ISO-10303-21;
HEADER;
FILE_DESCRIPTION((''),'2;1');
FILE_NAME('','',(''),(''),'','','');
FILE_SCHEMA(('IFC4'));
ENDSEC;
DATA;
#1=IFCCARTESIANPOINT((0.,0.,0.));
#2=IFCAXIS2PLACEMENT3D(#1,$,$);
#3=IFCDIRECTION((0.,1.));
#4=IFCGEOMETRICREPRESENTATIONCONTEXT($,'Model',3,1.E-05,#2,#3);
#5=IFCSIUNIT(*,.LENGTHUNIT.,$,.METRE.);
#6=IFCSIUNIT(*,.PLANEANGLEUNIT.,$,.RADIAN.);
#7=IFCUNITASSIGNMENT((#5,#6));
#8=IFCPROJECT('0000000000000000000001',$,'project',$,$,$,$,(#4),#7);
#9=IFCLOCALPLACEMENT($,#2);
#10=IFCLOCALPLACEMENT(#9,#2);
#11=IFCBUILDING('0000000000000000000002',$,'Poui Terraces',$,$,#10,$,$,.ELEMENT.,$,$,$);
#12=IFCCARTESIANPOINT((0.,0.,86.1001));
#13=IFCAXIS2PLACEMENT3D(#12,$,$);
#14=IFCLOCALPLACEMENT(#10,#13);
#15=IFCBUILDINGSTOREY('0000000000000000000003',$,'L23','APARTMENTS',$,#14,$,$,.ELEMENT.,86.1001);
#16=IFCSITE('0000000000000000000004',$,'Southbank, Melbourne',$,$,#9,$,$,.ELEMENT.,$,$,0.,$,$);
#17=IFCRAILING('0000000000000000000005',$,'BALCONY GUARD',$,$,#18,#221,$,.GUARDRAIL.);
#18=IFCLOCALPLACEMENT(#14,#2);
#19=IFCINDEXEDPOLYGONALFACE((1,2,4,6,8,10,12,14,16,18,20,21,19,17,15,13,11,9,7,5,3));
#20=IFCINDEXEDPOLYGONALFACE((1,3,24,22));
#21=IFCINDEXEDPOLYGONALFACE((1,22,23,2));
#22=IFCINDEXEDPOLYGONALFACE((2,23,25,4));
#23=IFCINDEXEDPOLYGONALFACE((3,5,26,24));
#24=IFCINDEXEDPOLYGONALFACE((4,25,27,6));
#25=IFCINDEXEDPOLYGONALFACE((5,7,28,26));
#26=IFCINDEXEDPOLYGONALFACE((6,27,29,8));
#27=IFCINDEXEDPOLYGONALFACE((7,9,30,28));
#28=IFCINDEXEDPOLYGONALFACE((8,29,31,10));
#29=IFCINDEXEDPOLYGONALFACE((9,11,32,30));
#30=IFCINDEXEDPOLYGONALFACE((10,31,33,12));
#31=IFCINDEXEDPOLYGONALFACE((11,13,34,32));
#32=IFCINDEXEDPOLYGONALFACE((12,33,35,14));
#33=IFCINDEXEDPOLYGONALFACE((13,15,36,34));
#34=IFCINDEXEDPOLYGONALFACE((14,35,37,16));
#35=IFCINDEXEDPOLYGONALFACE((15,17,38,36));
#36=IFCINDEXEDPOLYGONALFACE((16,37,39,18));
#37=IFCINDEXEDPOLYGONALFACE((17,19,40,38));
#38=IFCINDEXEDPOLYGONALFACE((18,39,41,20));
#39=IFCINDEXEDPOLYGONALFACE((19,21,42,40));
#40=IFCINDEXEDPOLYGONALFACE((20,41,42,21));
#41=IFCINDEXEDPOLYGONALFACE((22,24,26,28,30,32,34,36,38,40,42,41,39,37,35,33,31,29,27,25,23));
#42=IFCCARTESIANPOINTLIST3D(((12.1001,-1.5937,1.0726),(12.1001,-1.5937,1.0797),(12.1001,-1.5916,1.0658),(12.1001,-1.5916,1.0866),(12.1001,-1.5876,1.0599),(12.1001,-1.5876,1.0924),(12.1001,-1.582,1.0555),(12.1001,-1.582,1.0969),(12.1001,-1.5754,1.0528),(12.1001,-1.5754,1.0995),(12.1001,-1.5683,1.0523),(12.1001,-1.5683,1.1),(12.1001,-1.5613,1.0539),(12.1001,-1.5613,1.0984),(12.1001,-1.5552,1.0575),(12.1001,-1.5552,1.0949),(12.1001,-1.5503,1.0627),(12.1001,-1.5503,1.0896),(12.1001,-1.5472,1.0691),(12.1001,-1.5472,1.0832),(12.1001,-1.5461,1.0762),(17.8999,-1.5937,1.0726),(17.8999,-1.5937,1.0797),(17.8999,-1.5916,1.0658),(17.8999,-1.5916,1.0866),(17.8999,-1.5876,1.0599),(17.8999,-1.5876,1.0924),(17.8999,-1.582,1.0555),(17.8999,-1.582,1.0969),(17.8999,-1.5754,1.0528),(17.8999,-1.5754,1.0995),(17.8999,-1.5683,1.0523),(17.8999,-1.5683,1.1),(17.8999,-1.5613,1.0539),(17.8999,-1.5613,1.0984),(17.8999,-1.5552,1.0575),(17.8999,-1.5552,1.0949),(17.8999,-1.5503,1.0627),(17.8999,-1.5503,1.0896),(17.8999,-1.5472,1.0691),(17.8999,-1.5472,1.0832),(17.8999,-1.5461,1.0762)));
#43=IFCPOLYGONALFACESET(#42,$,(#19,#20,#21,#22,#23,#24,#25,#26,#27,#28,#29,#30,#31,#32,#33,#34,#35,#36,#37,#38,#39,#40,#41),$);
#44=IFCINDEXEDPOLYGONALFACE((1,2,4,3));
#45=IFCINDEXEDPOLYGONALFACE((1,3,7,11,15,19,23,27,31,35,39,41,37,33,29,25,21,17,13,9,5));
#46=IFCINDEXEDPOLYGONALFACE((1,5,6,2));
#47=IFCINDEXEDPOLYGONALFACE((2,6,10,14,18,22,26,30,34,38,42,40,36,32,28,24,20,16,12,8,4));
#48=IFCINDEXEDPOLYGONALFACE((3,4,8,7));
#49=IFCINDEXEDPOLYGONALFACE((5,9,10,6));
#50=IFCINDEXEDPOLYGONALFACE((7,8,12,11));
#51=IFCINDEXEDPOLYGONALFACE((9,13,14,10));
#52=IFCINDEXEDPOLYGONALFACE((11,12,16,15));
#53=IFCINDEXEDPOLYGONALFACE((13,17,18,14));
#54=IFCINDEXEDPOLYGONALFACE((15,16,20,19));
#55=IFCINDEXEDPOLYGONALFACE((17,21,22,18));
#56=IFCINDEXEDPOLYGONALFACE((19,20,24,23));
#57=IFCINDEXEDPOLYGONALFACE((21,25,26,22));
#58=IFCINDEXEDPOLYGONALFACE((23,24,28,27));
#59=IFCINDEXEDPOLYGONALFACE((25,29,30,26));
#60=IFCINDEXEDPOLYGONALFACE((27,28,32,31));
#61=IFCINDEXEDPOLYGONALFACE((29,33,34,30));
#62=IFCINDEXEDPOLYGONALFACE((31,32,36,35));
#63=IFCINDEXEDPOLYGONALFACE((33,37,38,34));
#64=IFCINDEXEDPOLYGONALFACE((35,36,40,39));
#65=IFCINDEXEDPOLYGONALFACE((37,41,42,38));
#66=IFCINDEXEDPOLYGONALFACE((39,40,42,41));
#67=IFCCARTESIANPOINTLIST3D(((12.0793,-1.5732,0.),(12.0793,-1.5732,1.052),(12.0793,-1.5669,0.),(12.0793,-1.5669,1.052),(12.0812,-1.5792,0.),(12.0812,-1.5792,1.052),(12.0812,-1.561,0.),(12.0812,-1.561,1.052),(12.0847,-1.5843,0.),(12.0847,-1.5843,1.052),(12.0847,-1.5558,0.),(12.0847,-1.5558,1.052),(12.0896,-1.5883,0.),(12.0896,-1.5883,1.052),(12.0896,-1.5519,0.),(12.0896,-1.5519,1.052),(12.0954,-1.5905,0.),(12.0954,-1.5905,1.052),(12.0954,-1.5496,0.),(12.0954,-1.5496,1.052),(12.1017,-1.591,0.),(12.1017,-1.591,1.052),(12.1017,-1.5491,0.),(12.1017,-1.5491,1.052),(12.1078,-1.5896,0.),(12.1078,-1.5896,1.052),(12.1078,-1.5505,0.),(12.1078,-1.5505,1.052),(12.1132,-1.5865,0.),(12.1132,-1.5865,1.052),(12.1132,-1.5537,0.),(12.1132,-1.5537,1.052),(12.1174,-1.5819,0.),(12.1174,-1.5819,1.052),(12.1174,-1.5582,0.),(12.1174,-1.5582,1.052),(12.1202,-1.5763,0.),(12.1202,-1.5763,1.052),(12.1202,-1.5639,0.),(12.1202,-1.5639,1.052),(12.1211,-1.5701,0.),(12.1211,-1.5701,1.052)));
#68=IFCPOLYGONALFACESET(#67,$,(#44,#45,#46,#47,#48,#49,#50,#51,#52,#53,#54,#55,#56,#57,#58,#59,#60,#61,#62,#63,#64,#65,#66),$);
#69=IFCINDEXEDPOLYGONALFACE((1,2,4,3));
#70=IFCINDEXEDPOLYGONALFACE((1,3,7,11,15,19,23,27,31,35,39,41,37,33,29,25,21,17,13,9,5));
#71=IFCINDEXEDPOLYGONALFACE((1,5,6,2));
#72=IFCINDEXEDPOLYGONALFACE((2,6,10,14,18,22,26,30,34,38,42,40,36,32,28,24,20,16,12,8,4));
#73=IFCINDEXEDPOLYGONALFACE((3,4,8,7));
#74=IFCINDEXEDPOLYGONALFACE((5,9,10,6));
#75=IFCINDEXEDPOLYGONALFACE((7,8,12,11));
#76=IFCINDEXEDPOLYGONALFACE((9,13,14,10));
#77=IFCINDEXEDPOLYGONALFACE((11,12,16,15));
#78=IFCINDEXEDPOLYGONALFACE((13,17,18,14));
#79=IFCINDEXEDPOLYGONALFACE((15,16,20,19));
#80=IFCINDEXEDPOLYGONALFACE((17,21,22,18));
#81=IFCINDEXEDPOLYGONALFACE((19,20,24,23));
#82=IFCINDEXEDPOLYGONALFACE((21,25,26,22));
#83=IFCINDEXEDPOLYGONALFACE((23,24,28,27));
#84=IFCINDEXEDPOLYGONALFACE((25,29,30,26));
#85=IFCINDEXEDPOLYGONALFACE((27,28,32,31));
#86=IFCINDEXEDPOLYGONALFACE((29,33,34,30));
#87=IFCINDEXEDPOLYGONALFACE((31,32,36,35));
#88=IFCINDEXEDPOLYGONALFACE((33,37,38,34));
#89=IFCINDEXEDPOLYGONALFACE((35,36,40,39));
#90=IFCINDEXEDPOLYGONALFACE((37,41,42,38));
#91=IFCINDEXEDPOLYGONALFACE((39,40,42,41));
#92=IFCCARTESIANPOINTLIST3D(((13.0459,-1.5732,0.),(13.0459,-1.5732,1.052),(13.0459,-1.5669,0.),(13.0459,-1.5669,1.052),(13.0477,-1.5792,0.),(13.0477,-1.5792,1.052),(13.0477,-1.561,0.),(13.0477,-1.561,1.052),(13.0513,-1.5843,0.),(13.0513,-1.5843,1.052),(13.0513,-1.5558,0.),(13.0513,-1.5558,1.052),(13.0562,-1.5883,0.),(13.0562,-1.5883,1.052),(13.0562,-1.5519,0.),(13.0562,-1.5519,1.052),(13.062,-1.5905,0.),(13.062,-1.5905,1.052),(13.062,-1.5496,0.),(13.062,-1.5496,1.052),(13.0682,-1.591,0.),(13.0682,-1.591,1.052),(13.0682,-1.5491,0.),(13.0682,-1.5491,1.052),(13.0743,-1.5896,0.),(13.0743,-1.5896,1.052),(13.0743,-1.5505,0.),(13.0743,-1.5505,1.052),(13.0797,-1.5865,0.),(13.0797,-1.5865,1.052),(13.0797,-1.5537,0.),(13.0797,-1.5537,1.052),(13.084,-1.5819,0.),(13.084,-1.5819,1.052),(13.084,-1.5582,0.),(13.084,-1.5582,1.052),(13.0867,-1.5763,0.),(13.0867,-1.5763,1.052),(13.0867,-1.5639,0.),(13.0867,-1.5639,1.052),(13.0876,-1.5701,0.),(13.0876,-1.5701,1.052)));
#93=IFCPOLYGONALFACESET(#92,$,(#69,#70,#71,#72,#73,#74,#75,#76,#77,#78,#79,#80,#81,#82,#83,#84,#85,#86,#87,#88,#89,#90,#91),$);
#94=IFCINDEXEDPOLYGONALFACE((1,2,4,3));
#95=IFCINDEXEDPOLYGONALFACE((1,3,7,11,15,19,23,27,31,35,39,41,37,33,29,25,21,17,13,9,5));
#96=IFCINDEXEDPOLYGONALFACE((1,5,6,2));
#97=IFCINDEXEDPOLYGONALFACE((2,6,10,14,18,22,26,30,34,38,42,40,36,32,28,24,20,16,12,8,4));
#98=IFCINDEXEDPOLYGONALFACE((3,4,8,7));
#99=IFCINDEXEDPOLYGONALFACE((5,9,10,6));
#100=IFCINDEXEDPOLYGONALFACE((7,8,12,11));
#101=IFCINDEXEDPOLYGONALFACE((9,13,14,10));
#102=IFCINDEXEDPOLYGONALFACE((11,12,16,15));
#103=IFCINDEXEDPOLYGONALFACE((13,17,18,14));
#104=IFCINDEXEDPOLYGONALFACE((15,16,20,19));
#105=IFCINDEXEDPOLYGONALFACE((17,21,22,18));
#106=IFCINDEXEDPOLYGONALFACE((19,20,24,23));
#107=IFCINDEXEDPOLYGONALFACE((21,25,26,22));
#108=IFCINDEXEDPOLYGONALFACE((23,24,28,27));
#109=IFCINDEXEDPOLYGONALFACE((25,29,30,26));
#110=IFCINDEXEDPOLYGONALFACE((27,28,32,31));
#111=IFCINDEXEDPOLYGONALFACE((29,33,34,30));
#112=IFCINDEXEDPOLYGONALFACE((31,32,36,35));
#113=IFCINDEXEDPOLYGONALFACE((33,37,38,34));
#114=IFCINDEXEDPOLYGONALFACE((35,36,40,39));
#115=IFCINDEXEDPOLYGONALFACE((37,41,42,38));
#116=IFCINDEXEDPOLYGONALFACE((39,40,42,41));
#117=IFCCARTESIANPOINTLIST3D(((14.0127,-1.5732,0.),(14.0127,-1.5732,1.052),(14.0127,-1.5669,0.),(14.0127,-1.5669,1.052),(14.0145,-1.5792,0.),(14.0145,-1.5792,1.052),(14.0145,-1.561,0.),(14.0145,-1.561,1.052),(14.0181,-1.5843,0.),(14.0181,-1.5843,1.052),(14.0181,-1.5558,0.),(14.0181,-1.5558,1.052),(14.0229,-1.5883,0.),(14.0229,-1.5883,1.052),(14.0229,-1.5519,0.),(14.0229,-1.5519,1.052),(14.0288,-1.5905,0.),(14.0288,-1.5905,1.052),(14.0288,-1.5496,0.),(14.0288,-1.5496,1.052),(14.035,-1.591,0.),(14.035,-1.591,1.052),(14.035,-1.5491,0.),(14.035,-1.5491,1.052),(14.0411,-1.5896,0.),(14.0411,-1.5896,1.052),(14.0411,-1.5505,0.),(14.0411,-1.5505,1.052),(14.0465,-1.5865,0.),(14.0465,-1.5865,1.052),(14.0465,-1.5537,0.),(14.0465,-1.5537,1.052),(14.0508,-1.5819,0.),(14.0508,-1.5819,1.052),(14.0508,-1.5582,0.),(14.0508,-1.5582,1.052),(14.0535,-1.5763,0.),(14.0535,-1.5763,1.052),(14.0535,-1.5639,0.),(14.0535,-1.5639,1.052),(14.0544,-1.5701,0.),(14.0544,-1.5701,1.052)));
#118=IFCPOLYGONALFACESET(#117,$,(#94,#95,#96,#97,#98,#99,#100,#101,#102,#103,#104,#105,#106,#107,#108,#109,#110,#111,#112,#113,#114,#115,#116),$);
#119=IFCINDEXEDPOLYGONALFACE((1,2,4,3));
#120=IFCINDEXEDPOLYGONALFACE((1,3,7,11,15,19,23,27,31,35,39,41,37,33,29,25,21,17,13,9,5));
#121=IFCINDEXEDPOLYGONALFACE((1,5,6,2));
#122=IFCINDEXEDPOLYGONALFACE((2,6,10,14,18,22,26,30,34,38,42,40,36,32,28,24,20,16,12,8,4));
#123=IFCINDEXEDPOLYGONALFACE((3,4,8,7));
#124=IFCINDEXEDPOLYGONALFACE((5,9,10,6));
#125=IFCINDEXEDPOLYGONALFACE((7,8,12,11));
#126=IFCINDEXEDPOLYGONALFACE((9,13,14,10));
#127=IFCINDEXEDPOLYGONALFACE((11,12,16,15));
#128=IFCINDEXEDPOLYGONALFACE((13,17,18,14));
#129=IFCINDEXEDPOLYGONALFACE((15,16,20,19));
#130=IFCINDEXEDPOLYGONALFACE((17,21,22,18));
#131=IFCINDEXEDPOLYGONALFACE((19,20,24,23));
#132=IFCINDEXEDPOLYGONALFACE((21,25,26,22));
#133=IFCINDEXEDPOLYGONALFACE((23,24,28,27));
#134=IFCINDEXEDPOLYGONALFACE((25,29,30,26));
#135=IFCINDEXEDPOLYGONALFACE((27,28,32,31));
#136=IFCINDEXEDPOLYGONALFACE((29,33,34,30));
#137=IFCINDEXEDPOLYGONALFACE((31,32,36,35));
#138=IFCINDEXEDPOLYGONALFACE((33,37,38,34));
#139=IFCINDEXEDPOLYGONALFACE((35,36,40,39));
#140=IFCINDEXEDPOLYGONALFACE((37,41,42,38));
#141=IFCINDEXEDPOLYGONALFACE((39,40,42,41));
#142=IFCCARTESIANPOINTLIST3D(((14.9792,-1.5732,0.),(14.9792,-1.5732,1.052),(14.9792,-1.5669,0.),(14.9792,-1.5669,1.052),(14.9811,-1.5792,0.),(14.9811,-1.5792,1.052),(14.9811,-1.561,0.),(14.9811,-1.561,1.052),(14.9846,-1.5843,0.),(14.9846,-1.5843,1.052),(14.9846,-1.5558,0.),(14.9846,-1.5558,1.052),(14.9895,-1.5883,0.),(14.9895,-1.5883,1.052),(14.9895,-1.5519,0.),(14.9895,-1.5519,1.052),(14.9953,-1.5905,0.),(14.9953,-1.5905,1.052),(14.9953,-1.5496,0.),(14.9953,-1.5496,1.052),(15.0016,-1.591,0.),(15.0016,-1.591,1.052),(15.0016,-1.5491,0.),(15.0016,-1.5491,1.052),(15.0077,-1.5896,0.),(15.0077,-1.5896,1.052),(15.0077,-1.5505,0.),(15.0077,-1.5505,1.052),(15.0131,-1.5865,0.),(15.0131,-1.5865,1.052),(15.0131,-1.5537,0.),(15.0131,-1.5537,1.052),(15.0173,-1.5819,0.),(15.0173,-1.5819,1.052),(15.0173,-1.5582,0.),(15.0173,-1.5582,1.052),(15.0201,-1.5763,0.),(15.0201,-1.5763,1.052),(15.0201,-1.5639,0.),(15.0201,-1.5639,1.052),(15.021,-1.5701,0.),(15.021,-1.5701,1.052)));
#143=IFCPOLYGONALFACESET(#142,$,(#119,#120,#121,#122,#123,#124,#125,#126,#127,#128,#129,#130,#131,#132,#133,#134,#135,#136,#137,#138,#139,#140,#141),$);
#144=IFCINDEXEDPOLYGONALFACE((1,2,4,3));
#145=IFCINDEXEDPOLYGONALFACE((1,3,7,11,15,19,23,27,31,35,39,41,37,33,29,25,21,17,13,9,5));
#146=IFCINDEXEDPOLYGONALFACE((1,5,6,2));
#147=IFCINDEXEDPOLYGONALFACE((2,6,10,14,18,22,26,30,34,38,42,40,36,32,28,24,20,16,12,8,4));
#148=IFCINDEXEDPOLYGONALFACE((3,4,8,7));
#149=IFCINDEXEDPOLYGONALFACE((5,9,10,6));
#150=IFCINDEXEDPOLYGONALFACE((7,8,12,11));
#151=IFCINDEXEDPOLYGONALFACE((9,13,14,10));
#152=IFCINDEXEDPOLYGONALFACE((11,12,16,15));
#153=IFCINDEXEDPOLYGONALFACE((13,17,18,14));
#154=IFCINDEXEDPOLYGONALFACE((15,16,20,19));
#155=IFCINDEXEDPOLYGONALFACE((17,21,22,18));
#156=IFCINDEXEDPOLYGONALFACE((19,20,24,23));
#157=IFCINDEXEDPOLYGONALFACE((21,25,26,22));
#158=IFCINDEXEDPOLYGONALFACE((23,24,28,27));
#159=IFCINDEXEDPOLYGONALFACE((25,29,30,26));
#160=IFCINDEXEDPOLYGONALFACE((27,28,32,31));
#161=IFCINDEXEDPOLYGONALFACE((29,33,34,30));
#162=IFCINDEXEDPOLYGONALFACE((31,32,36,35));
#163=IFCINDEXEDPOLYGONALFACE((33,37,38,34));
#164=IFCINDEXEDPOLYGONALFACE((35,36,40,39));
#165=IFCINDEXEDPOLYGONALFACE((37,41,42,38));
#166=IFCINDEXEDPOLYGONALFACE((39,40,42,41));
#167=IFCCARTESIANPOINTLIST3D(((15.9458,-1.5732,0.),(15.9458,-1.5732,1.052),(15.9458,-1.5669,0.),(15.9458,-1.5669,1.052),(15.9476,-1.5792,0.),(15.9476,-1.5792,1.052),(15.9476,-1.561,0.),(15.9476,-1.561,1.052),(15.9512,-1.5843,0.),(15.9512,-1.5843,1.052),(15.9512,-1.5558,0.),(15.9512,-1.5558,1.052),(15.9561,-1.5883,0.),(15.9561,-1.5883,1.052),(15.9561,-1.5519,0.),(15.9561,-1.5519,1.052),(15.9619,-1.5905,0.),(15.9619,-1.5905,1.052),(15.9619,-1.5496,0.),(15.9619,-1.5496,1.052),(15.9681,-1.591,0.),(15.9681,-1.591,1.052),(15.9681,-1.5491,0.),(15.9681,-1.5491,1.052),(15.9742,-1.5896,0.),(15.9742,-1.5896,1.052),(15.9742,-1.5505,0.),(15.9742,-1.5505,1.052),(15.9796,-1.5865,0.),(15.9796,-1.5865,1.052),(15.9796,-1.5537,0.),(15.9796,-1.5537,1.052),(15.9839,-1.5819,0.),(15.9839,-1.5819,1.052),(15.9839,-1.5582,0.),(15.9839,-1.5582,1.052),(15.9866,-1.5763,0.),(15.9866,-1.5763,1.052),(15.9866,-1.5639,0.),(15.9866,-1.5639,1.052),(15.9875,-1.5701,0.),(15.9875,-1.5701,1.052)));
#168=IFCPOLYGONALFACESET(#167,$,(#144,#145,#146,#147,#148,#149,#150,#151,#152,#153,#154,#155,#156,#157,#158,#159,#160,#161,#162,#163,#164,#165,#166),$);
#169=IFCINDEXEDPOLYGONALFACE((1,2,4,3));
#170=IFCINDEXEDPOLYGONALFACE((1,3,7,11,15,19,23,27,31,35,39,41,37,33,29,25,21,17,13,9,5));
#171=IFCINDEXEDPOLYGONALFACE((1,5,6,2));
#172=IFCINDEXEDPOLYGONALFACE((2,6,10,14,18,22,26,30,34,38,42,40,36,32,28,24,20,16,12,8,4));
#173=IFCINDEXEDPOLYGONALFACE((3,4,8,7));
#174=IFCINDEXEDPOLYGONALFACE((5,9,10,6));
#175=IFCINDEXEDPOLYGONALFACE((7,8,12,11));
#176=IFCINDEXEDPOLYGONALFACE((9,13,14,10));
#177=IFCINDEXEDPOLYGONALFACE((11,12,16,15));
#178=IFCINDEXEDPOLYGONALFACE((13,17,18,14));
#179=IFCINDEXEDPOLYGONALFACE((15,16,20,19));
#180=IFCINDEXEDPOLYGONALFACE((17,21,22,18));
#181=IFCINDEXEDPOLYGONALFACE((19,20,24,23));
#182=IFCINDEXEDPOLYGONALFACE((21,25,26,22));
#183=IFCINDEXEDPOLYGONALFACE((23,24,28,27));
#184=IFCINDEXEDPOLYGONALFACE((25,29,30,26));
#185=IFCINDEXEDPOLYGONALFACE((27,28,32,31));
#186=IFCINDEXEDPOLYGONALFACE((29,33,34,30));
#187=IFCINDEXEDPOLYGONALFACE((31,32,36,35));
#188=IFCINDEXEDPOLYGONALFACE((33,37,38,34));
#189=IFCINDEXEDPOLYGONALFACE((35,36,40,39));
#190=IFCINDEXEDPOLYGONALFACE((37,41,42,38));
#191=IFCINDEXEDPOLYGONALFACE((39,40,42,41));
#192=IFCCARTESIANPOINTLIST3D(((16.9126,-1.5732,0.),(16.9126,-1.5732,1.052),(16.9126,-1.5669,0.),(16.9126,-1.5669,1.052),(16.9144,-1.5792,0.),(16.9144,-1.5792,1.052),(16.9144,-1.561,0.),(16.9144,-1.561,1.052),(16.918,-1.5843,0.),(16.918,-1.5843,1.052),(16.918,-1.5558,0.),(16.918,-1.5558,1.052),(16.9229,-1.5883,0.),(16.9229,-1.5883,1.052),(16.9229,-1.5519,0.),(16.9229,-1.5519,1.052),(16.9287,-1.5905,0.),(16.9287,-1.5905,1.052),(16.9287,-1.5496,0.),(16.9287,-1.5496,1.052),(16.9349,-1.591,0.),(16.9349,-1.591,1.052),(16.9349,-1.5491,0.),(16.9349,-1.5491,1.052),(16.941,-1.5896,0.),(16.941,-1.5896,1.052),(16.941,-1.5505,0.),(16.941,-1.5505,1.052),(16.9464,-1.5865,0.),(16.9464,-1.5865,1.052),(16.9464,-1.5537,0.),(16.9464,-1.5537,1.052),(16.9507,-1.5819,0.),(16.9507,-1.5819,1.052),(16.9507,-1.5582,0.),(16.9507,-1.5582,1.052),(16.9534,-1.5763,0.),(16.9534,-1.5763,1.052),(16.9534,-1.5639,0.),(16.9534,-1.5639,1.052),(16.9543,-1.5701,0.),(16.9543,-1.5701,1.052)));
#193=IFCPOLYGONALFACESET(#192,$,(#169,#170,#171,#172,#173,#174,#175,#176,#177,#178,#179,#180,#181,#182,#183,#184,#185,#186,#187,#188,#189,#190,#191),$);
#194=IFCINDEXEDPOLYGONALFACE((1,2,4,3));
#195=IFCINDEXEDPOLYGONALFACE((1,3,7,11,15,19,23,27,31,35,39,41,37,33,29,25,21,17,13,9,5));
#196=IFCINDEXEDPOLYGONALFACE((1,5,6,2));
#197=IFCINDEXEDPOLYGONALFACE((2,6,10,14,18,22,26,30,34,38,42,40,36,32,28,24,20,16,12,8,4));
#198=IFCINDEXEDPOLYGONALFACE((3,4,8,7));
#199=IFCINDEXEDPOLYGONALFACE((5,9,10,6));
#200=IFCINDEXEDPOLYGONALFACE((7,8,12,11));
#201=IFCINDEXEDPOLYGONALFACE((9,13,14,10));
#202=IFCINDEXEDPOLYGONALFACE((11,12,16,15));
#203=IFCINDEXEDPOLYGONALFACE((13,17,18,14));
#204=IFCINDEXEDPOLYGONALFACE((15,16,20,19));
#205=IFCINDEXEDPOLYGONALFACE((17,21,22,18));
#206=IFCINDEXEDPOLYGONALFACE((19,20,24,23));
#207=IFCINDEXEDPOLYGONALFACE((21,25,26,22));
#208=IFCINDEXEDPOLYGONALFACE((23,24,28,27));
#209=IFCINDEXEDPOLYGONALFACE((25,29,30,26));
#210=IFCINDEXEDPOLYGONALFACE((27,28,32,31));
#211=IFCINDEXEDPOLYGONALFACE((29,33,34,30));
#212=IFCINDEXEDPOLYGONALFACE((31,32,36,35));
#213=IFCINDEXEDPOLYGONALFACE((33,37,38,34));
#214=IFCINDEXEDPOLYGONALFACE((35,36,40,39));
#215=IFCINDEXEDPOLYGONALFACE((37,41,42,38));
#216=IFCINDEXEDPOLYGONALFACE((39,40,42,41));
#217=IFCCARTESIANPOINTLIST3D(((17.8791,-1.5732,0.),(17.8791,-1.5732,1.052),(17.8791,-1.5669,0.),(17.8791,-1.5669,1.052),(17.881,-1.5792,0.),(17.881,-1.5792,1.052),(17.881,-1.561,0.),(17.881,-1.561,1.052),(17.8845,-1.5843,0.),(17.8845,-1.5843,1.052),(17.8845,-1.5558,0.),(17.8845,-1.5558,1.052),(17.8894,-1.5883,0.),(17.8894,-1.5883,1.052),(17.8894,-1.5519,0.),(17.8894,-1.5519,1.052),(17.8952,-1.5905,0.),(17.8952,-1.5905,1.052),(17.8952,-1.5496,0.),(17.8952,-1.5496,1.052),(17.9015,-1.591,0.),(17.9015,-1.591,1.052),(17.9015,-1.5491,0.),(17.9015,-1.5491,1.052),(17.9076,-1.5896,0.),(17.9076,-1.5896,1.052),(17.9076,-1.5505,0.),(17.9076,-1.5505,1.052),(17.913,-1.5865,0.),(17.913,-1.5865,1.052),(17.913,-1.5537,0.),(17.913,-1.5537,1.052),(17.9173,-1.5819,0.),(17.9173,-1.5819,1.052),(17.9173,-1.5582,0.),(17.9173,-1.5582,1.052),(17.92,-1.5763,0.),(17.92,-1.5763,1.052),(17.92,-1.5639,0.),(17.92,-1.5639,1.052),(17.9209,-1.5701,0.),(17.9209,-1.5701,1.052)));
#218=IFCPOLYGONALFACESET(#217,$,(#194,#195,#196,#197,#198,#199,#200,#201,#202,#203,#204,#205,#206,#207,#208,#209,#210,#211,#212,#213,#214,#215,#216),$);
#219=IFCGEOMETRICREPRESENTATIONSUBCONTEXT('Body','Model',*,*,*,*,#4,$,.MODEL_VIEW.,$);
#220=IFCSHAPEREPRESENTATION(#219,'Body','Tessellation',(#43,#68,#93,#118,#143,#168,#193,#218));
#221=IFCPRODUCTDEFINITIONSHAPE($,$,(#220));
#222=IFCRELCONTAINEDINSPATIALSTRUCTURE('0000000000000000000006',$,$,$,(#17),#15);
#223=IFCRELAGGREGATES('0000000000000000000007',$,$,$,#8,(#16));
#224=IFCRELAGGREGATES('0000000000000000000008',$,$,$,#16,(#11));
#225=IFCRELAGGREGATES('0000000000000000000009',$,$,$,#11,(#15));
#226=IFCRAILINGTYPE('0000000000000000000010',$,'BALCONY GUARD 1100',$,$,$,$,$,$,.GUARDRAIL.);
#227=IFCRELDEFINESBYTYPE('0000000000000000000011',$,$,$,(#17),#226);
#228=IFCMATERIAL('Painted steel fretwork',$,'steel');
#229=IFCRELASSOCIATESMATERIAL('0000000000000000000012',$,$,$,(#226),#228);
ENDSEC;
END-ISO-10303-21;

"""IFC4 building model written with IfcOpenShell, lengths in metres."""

from ifc_helpers import new_model, si_unit, direction, frame, origin, origin_2d, place, context, subcontext, project, spatial, circle, extrude, material, type_object, element, save


model = new_model("IFC4")

# Units and contexts
model_context = context("Model", 3, precision=1e-05, world=origin(), true_north=direction((0.0, 1.0)))
body_context = subcontext(model_context, "Body", "Model", "MODEL_VIEW")
ifc_project = project(units=[si_unit("LENGTHUNIT", "METRE"), si_unit("PLANEANGLEUNIT", "RADIAN")], contexts=[model_context])

# Site, building, storey
site_placement = place(None, origin())
site = spatial("IfcSite", under=ifc_project, at=site_placement, Name="Southbank, Melbourne", CompositionType="ELEMENT", RefElevation=0.0)
building_placement = place(site_placement, origin())
building = spatial("IfcBuilding", under=site, at=building_placement, Name="Poui Terraces", CompositionType="ELEMENT")
storey_placement = place(building_placement, frame((0.0, 0.0, 86.1001)))
storey = spatial("IfcBuildingStorey", under=building, at=storey_placement, Name="L23", Description="APARTMENTS", CompositionType="ELEMENT", Elevation=86.1001)

# Railing
ifc_material_1 = material(Name="Painted steel fretwork", Category="steel")
railing_type = type_object("IfcRailingType", Name="BALCONY GUARD 1100", PredefinedType="GUARDRAIL", material=ifc_material_1)
railing_placement = place(storey_placement, frame((12.1001, -1.5701, 0.0)))
element("IfcRailing", 1, at=railing_placement, inside=storey, type_object=railing_type, Name="BALCONY GUARD", PredefinedType="GUARDRAIL", context=body_context, shape_type="SweptSolid", body=[
    extrude(circle(Radius=0.0239, at=origin_2d()), frame((0.0, 0.0, 1.0762), z_axis=(1.0, 0.0, 0.0), x_axis=(0.0, 1.0, 0.0)), (0.0, 0.0, 1.0), 5.7998),
    extrude(circle(Radius=0.021, at=origin_2d()), origin(), (0.0, 0.0, 1.0), 1.052),
    extrude(circle(Radius=0.021, at=origin_2d()), frame((0.9666, 0.0, 0.0)), (0.0, 0.0, 1.0), 1.052),
    extrude(circle(Radius=0.021, at=origin_2d()), frame((1.9333, 0.0, 0.0)), (0.0, 0.0, 1.0), 1.052),
    extrude(circle(Radius=0.021, at=origin_2d()), frame((2.8999, 0.0, 0.0)), (0.0, 0.0, 1.0), 1.052),
    extrude(circle(Radius=0.021, at=origin_2d()), frame((3.8665, 0.0, 0.0)), (0.0, 0.0, 1.0), 1.052),
    extrude(circle(Radius=0.021, at=origin_2d()), frame((4.8333, 0.0, 0.0)), (0.0, 0.0, 1.0), 1.052),
    extrude(circle(Radius=0.021, at=origin_2d()), frame((5.7998, 0.0, 0.0)), (0.0, 0.0, 1.0), 1.052),
])

save(model, "model.ifc")
